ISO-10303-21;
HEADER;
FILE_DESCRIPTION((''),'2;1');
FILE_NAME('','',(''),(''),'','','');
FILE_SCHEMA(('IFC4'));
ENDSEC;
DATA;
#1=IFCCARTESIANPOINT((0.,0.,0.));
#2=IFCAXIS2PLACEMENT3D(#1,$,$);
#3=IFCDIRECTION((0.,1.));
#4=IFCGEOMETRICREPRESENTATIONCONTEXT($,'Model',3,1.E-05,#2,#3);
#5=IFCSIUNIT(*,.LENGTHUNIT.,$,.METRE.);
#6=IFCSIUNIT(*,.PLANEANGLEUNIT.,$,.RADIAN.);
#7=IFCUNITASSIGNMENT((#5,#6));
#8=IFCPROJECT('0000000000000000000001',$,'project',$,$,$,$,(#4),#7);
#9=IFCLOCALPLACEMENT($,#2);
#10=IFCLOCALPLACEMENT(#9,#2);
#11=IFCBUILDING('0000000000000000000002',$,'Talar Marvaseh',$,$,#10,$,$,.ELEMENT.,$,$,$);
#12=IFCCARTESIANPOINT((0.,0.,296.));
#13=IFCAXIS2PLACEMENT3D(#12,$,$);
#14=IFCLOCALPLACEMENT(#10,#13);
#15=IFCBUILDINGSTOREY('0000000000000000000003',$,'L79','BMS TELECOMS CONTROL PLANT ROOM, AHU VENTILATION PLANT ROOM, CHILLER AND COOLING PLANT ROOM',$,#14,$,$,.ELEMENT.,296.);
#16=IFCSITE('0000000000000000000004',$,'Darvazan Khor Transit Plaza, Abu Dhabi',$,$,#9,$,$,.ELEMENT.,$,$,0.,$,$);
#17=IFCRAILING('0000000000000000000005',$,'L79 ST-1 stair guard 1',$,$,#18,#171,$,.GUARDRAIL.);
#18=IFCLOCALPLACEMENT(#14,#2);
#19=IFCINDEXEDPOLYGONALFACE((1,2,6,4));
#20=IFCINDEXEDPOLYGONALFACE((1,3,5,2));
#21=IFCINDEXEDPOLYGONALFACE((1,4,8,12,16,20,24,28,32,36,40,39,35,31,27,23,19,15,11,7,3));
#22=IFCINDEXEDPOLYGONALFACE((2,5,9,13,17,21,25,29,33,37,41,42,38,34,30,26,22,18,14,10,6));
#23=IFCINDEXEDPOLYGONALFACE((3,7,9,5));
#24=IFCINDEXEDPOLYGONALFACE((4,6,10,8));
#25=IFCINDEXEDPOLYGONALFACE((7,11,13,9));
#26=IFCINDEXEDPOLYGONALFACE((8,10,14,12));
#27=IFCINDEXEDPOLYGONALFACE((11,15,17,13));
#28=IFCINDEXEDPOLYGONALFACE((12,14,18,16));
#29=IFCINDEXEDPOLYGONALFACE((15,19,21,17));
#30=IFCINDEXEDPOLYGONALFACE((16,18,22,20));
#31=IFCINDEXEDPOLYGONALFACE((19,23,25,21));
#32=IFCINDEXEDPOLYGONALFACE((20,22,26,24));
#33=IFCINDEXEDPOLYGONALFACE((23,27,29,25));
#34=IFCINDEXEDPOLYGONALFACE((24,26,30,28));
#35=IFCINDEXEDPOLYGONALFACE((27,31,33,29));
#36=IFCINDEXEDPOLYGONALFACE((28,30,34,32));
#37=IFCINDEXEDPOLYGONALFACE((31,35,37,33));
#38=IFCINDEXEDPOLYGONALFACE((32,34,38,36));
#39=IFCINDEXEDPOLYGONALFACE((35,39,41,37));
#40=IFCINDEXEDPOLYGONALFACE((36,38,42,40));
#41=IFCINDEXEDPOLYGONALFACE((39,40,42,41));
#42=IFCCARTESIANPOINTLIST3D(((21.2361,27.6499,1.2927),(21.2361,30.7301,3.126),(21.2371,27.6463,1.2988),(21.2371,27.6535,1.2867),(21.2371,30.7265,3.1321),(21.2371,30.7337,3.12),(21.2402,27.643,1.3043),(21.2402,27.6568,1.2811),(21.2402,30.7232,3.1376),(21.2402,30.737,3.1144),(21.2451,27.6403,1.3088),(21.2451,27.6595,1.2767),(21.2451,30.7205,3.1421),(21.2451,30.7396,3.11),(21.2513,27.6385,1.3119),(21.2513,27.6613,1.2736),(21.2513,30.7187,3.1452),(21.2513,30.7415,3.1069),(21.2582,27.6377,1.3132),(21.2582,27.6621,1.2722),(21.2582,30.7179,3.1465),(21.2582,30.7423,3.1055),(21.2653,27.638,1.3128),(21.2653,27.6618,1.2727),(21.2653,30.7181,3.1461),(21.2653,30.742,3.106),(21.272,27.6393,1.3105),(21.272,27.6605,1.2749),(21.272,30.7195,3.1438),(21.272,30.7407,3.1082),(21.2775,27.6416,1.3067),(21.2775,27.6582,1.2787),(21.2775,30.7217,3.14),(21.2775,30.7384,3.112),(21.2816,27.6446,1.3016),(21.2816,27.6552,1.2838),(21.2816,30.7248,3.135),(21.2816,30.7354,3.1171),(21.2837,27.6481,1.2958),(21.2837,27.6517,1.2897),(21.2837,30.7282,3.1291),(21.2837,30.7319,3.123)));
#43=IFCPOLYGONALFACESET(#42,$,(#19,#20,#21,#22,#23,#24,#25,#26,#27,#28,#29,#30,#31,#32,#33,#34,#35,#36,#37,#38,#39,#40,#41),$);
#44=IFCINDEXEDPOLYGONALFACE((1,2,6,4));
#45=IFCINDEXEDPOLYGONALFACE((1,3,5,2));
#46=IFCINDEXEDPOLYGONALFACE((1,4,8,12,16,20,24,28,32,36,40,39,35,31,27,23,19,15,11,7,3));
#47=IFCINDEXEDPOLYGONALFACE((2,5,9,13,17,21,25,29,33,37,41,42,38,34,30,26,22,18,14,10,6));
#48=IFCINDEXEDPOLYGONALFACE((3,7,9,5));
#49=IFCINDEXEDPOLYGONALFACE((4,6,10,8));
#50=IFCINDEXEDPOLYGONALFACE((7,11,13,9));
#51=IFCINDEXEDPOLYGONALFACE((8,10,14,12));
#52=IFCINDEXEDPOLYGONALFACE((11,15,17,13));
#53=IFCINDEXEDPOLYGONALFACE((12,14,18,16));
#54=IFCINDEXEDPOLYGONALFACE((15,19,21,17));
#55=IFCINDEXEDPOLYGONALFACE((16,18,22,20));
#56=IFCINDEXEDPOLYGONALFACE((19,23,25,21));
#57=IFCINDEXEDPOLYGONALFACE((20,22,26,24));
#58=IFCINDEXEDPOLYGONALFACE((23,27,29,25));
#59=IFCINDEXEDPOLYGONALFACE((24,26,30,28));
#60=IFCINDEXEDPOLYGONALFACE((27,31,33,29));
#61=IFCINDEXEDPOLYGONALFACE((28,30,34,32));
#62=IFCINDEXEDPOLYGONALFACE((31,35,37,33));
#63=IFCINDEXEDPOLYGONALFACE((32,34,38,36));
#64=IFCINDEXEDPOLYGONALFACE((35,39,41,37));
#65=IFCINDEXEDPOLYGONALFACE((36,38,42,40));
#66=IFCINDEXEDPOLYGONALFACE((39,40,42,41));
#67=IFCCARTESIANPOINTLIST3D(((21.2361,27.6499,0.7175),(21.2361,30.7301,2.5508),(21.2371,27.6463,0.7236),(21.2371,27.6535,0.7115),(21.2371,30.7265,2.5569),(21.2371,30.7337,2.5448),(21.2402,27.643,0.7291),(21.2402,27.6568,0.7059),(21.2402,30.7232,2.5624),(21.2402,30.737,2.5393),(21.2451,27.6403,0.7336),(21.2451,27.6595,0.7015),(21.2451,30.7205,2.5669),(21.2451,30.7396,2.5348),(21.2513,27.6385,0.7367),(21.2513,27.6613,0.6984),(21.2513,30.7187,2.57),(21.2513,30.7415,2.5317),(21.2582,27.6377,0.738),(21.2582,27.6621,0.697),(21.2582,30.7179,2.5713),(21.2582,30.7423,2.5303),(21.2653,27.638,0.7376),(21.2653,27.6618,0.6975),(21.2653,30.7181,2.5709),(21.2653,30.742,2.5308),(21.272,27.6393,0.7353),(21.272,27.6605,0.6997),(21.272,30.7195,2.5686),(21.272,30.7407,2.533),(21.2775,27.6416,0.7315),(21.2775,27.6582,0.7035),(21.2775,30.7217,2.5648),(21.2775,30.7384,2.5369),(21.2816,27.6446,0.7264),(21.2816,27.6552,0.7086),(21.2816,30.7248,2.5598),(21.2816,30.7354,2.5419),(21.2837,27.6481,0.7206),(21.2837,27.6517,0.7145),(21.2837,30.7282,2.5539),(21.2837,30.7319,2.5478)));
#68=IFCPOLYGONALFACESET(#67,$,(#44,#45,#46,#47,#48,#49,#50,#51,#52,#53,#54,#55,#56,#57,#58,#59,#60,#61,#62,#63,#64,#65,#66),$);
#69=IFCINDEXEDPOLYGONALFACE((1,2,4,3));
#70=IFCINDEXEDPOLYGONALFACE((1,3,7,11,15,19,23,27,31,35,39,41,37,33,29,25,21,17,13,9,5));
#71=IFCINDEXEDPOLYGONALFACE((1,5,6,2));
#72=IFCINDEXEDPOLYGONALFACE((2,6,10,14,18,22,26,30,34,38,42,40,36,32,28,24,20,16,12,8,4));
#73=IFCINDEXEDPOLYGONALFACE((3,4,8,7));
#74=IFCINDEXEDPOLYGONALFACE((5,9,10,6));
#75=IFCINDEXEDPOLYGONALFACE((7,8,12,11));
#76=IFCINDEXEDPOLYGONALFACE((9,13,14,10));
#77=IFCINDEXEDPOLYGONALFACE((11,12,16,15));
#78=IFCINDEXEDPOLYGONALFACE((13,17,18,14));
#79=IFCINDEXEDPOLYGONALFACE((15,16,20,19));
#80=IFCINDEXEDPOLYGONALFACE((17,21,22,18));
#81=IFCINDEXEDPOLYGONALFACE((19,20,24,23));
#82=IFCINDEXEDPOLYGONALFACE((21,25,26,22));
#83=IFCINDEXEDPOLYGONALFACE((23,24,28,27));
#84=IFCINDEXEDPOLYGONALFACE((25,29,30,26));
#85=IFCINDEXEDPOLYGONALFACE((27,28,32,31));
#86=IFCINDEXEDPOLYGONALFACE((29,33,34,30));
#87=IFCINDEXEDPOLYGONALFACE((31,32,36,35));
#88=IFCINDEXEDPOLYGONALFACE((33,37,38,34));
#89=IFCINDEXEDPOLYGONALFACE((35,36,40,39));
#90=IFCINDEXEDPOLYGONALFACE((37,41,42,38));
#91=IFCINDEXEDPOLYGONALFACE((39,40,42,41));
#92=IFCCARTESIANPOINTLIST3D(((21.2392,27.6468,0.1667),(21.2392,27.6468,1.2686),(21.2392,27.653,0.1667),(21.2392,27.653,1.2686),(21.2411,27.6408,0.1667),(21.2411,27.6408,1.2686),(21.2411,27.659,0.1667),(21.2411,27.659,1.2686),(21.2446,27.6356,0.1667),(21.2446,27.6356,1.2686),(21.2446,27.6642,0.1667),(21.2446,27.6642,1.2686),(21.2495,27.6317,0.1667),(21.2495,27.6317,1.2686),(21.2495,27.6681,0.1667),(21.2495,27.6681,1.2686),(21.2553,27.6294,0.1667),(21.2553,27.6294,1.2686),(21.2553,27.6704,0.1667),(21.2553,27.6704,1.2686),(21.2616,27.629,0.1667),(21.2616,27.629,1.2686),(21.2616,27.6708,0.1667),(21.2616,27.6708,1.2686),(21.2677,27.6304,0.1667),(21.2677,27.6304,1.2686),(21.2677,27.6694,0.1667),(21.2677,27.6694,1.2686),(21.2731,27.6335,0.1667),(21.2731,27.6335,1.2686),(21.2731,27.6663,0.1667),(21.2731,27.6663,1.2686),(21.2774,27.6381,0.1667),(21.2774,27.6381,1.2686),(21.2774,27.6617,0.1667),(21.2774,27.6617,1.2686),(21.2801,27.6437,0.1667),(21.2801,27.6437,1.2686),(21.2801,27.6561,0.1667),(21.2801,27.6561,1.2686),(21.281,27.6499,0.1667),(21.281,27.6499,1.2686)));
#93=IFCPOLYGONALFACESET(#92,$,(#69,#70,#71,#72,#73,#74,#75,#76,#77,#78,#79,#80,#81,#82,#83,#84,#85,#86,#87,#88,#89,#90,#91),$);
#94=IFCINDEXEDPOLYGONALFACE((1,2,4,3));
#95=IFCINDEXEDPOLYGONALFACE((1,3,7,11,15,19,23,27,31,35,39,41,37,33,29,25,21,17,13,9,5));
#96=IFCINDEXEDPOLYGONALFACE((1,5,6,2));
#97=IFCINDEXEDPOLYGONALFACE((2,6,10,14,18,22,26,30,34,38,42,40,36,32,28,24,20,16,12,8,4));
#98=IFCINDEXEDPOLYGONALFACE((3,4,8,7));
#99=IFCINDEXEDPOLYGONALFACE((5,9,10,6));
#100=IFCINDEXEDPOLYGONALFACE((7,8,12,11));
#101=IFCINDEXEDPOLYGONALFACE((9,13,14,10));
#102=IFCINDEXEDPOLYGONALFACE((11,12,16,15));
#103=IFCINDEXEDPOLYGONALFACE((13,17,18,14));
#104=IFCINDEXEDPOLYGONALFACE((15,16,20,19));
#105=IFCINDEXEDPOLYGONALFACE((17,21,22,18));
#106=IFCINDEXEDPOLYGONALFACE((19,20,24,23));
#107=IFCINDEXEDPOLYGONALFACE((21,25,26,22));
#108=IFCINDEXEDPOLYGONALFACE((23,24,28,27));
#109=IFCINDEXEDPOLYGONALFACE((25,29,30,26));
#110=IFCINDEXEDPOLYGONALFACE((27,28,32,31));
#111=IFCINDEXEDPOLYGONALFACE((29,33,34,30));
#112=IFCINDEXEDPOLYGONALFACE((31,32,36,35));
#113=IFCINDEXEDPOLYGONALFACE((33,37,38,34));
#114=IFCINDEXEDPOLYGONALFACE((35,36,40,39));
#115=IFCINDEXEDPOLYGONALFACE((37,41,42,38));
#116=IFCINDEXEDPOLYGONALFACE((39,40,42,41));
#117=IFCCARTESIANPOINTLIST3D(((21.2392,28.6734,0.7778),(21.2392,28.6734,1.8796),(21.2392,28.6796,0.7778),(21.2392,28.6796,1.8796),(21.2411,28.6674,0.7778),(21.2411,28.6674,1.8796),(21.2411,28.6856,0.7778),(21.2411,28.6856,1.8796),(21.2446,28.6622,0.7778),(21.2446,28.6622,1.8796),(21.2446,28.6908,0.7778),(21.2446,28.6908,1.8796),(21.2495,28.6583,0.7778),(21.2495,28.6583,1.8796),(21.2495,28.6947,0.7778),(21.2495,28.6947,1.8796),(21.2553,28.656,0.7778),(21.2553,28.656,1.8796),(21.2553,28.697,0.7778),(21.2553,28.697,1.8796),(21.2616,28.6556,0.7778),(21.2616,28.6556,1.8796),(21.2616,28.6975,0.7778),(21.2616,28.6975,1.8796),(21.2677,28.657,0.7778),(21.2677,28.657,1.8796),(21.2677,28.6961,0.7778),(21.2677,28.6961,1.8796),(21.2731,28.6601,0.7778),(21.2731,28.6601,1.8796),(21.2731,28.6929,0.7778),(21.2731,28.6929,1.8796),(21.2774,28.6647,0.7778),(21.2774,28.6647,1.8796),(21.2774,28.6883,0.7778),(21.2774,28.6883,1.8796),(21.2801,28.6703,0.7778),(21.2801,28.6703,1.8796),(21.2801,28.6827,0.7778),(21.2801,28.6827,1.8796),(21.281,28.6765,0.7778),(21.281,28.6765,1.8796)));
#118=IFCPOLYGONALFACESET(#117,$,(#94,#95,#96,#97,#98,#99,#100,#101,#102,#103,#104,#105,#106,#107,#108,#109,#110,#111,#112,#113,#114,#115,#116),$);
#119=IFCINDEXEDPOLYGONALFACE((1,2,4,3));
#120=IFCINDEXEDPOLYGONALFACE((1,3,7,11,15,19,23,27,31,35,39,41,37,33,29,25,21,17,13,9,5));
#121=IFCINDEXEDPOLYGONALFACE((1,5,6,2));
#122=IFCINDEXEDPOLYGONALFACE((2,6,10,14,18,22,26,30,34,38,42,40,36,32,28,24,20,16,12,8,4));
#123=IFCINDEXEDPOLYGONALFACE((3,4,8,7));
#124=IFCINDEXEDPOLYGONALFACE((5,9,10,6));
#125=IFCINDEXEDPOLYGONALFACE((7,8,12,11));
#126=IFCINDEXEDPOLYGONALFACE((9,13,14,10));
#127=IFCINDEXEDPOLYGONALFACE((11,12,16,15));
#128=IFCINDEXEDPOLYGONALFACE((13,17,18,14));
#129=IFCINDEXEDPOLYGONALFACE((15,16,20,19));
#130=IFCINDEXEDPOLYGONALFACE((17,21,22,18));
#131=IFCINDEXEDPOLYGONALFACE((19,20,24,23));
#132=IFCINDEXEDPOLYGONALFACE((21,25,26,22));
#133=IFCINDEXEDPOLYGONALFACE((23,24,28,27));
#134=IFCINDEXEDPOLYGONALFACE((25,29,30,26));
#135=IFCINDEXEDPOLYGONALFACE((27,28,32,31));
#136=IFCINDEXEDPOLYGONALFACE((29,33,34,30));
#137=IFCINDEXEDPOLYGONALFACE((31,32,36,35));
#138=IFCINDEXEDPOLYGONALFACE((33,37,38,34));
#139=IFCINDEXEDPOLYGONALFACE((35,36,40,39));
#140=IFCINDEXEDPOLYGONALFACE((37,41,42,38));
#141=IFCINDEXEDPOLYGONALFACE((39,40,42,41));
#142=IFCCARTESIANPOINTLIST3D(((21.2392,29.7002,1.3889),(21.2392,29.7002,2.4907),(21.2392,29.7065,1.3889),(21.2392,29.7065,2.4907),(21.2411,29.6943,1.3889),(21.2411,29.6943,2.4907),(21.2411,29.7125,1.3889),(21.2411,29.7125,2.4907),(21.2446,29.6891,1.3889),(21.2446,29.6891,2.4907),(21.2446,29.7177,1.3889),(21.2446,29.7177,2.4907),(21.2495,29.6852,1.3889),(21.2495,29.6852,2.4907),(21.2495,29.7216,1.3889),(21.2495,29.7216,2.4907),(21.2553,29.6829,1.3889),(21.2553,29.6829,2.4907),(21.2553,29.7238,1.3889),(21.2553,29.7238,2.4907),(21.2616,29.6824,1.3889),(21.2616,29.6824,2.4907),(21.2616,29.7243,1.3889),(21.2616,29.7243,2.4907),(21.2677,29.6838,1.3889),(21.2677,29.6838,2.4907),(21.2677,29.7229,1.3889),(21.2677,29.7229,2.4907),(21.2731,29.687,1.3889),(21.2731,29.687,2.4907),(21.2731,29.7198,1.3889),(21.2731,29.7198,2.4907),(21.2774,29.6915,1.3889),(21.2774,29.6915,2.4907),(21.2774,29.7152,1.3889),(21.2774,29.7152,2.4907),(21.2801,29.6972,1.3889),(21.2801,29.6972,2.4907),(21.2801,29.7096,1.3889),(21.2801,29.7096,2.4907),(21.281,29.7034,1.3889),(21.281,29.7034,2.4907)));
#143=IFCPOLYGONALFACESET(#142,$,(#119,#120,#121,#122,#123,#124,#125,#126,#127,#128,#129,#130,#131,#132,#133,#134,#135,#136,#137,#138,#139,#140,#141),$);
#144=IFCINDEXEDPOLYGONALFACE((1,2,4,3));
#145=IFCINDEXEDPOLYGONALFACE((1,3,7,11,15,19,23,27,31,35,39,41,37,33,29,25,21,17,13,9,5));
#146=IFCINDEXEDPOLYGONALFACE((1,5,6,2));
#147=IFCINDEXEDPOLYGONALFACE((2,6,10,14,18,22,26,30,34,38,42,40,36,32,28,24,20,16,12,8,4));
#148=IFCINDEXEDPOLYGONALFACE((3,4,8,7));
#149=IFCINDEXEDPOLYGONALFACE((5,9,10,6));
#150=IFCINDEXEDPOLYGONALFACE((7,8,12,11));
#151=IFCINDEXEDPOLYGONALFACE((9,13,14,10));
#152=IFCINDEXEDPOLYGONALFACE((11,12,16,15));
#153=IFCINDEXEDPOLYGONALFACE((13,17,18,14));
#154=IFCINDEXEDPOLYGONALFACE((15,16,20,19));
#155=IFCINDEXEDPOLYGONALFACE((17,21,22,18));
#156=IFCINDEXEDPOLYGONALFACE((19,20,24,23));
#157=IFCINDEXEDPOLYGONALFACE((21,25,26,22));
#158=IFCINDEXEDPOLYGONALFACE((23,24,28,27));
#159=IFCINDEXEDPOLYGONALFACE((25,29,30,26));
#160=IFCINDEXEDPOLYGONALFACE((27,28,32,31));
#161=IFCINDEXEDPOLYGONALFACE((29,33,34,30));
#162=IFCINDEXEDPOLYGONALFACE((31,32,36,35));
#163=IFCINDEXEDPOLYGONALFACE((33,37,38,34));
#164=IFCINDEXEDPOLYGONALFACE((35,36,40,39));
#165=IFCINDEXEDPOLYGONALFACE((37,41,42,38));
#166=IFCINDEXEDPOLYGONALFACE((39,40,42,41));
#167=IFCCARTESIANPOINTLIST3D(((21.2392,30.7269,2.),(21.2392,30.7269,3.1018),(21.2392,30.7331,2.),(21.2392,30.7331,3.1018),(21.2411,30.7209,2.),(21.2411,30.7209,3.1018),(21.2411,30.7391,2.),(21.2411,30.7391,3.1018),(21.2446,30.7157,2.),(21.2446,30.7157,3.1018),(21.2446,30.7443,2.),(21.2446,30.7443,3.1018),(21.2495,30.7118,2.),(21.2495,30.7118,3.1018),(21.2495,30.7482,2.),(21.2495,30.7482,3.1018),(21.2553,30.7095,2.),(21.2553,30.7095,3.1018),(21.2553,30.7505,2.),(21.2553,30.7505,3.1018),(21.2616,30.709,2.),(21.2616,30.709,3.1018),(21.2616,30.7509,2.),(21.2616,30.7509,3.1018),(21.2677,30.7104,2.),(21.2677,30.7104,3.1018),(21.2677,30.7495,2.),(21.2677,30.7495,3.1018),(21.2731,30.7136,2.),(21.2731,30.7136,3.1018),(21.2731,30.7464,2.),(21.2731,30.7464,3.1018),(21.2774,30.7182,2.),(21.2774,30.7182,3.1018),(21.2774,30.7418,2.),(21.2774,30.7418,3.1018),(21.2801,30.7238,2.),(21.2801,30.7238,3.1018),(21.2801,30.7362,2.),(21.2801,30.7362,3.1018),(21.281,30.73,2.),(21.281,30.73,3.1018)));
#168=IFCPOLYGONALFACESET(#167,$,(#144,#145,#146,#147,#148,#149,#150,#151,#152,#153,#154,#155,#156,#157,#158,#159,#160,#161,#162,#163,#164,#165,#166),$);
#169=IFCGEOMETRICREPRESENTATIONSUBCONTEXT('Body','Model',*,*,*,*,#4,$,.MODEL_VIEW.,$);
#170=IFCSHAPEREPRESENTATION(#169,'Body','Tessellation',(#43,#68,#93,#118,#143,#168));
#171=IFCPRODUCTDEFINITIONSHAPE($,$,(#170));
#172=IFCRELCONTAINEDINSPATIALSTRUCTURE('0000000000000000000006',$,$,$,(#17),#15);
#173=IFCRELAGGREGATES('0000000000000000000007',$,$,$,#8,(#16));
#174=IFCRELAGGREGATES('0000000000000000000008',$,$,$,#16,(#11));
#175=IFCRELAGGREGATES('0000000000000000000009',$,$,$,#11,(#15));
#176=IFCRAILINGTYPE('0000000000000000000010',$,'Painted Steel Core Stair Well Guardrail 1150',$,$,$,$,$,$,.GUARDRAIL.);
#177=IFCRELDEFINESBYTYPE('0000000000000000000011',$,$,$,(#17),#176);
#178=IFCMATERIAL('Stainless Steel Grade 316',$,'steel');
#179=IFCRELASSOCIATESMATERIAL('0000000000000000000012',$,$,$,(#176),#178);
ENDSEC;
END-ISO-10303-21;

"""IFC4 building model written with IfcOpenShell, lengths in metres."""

from ifc_helpers import new_model, si_unit, direction, frame, origin, origin_2d, place, context, subcontext, project, spatial, circle, extrude, material, type_object, element, save


model = new_model("IFC4")

# Units and contexts
model_context = context("Model", 3, precision=1e-05, world=origin(), true_north=direction((0.0, 1.0)))
body_context = subcontext(model_context, "Body", "Model", "MODEL_VIEW")
ifc_project = project(units=[si_unit("LENGTHUNIT", "METRE"), si_unit("PLANEANGLEUNIT", "RADIAN")], contexts=[model_context])

# Site, building, storey
site_placement = place(None, origin())
site = spatial("IfcSite", under=ifc_project, at=site_placement, Name="Darvazan Khor Transit Plaza, Abu Dhabi", CompositionType="ELEMENT", RefElevation=0.0)
building_placement = place(site_placement, origin())
building = spatial("IfcBuilding", under=site, at=building_placement, Name="Talar Marvaseh", CompositionType="ELEMENT")
storey_placement = place(building_placement, frame((0.0, 0.0, 296.0)))
storey = spatial("IfcBuildingStorey", under=building, at=storey_placement, Name="L79", Description="BMS TELECOMS CONTROL PLANT ROOM, AHU VENTILATION PLANT ROOM, CHILLER AND COOLING PLANT ROOM", CompositionType="ELEMENT", Elevation=296.0)

# Shared definitions
ifc_material_1 = material(Name="Stainless Steel Grade 316", Category="steel")

# Railing
railing_type_1 = type_object("IfcRailingType", Name="Painted Steel Core Stair Well Guardrail 1150", PredefinedType="GUARDRAIL", material=ifc_material_1)
railing_1_placement = place(storey_placement, frame((21.26, 27.6499, 0.1667)))
element("IfcRailing", 1, at=railing_1_placement, inside=storey, type_object=railing_type_1, Name="L79 ST-1 stair guard 1", PredefinedType="GUARDRAIL", context=body_context, shape_type="SweptSolid", body=[
    extrude(circle(Radius=0.0239, at=origin_2d()), frame((0.0, 0.0, 1.126), z_axis=(0.0, 0.859309, 0.511458), x_axis=(-1.0, 0.0, 0.0)), (0.0, 0.0, 1.0), 3.5845),
    extrude(circle(Radius=0.0239, at=origin_2d()), frame((0.0, 0.0, 0.5508), z_axis=(0.0, 0.859309, 0.511458), x_axis=(-1.0, 0.0, 0.0)), (0.0, 0.0, 1.0), 3.5845),
    extrude(circle(Radius=0.021, at=origin_2d()), origin(), (0.0, 0.0, 1.0), 1.1018),
    extrude(circle(Radius=0.021, at=origin_2d()), frame((0.0, 1.0266, 0.6111)), (0.0, 0.0, 1.0), 1.1018),
    extrude(circle(Radius=0.021, at=origin_2d()), frame((0.0, 2.0535, 1.2222)), (0.0, 0.0, 1.0), 1.1018),
    extrude(circle(Radius=0.021, at=origin_2d()), frame((0.0, 3.0801, 1.8333)), (0.0, 0.0, 1.0), 1.1018),
])

save(model, "model.ifc")
